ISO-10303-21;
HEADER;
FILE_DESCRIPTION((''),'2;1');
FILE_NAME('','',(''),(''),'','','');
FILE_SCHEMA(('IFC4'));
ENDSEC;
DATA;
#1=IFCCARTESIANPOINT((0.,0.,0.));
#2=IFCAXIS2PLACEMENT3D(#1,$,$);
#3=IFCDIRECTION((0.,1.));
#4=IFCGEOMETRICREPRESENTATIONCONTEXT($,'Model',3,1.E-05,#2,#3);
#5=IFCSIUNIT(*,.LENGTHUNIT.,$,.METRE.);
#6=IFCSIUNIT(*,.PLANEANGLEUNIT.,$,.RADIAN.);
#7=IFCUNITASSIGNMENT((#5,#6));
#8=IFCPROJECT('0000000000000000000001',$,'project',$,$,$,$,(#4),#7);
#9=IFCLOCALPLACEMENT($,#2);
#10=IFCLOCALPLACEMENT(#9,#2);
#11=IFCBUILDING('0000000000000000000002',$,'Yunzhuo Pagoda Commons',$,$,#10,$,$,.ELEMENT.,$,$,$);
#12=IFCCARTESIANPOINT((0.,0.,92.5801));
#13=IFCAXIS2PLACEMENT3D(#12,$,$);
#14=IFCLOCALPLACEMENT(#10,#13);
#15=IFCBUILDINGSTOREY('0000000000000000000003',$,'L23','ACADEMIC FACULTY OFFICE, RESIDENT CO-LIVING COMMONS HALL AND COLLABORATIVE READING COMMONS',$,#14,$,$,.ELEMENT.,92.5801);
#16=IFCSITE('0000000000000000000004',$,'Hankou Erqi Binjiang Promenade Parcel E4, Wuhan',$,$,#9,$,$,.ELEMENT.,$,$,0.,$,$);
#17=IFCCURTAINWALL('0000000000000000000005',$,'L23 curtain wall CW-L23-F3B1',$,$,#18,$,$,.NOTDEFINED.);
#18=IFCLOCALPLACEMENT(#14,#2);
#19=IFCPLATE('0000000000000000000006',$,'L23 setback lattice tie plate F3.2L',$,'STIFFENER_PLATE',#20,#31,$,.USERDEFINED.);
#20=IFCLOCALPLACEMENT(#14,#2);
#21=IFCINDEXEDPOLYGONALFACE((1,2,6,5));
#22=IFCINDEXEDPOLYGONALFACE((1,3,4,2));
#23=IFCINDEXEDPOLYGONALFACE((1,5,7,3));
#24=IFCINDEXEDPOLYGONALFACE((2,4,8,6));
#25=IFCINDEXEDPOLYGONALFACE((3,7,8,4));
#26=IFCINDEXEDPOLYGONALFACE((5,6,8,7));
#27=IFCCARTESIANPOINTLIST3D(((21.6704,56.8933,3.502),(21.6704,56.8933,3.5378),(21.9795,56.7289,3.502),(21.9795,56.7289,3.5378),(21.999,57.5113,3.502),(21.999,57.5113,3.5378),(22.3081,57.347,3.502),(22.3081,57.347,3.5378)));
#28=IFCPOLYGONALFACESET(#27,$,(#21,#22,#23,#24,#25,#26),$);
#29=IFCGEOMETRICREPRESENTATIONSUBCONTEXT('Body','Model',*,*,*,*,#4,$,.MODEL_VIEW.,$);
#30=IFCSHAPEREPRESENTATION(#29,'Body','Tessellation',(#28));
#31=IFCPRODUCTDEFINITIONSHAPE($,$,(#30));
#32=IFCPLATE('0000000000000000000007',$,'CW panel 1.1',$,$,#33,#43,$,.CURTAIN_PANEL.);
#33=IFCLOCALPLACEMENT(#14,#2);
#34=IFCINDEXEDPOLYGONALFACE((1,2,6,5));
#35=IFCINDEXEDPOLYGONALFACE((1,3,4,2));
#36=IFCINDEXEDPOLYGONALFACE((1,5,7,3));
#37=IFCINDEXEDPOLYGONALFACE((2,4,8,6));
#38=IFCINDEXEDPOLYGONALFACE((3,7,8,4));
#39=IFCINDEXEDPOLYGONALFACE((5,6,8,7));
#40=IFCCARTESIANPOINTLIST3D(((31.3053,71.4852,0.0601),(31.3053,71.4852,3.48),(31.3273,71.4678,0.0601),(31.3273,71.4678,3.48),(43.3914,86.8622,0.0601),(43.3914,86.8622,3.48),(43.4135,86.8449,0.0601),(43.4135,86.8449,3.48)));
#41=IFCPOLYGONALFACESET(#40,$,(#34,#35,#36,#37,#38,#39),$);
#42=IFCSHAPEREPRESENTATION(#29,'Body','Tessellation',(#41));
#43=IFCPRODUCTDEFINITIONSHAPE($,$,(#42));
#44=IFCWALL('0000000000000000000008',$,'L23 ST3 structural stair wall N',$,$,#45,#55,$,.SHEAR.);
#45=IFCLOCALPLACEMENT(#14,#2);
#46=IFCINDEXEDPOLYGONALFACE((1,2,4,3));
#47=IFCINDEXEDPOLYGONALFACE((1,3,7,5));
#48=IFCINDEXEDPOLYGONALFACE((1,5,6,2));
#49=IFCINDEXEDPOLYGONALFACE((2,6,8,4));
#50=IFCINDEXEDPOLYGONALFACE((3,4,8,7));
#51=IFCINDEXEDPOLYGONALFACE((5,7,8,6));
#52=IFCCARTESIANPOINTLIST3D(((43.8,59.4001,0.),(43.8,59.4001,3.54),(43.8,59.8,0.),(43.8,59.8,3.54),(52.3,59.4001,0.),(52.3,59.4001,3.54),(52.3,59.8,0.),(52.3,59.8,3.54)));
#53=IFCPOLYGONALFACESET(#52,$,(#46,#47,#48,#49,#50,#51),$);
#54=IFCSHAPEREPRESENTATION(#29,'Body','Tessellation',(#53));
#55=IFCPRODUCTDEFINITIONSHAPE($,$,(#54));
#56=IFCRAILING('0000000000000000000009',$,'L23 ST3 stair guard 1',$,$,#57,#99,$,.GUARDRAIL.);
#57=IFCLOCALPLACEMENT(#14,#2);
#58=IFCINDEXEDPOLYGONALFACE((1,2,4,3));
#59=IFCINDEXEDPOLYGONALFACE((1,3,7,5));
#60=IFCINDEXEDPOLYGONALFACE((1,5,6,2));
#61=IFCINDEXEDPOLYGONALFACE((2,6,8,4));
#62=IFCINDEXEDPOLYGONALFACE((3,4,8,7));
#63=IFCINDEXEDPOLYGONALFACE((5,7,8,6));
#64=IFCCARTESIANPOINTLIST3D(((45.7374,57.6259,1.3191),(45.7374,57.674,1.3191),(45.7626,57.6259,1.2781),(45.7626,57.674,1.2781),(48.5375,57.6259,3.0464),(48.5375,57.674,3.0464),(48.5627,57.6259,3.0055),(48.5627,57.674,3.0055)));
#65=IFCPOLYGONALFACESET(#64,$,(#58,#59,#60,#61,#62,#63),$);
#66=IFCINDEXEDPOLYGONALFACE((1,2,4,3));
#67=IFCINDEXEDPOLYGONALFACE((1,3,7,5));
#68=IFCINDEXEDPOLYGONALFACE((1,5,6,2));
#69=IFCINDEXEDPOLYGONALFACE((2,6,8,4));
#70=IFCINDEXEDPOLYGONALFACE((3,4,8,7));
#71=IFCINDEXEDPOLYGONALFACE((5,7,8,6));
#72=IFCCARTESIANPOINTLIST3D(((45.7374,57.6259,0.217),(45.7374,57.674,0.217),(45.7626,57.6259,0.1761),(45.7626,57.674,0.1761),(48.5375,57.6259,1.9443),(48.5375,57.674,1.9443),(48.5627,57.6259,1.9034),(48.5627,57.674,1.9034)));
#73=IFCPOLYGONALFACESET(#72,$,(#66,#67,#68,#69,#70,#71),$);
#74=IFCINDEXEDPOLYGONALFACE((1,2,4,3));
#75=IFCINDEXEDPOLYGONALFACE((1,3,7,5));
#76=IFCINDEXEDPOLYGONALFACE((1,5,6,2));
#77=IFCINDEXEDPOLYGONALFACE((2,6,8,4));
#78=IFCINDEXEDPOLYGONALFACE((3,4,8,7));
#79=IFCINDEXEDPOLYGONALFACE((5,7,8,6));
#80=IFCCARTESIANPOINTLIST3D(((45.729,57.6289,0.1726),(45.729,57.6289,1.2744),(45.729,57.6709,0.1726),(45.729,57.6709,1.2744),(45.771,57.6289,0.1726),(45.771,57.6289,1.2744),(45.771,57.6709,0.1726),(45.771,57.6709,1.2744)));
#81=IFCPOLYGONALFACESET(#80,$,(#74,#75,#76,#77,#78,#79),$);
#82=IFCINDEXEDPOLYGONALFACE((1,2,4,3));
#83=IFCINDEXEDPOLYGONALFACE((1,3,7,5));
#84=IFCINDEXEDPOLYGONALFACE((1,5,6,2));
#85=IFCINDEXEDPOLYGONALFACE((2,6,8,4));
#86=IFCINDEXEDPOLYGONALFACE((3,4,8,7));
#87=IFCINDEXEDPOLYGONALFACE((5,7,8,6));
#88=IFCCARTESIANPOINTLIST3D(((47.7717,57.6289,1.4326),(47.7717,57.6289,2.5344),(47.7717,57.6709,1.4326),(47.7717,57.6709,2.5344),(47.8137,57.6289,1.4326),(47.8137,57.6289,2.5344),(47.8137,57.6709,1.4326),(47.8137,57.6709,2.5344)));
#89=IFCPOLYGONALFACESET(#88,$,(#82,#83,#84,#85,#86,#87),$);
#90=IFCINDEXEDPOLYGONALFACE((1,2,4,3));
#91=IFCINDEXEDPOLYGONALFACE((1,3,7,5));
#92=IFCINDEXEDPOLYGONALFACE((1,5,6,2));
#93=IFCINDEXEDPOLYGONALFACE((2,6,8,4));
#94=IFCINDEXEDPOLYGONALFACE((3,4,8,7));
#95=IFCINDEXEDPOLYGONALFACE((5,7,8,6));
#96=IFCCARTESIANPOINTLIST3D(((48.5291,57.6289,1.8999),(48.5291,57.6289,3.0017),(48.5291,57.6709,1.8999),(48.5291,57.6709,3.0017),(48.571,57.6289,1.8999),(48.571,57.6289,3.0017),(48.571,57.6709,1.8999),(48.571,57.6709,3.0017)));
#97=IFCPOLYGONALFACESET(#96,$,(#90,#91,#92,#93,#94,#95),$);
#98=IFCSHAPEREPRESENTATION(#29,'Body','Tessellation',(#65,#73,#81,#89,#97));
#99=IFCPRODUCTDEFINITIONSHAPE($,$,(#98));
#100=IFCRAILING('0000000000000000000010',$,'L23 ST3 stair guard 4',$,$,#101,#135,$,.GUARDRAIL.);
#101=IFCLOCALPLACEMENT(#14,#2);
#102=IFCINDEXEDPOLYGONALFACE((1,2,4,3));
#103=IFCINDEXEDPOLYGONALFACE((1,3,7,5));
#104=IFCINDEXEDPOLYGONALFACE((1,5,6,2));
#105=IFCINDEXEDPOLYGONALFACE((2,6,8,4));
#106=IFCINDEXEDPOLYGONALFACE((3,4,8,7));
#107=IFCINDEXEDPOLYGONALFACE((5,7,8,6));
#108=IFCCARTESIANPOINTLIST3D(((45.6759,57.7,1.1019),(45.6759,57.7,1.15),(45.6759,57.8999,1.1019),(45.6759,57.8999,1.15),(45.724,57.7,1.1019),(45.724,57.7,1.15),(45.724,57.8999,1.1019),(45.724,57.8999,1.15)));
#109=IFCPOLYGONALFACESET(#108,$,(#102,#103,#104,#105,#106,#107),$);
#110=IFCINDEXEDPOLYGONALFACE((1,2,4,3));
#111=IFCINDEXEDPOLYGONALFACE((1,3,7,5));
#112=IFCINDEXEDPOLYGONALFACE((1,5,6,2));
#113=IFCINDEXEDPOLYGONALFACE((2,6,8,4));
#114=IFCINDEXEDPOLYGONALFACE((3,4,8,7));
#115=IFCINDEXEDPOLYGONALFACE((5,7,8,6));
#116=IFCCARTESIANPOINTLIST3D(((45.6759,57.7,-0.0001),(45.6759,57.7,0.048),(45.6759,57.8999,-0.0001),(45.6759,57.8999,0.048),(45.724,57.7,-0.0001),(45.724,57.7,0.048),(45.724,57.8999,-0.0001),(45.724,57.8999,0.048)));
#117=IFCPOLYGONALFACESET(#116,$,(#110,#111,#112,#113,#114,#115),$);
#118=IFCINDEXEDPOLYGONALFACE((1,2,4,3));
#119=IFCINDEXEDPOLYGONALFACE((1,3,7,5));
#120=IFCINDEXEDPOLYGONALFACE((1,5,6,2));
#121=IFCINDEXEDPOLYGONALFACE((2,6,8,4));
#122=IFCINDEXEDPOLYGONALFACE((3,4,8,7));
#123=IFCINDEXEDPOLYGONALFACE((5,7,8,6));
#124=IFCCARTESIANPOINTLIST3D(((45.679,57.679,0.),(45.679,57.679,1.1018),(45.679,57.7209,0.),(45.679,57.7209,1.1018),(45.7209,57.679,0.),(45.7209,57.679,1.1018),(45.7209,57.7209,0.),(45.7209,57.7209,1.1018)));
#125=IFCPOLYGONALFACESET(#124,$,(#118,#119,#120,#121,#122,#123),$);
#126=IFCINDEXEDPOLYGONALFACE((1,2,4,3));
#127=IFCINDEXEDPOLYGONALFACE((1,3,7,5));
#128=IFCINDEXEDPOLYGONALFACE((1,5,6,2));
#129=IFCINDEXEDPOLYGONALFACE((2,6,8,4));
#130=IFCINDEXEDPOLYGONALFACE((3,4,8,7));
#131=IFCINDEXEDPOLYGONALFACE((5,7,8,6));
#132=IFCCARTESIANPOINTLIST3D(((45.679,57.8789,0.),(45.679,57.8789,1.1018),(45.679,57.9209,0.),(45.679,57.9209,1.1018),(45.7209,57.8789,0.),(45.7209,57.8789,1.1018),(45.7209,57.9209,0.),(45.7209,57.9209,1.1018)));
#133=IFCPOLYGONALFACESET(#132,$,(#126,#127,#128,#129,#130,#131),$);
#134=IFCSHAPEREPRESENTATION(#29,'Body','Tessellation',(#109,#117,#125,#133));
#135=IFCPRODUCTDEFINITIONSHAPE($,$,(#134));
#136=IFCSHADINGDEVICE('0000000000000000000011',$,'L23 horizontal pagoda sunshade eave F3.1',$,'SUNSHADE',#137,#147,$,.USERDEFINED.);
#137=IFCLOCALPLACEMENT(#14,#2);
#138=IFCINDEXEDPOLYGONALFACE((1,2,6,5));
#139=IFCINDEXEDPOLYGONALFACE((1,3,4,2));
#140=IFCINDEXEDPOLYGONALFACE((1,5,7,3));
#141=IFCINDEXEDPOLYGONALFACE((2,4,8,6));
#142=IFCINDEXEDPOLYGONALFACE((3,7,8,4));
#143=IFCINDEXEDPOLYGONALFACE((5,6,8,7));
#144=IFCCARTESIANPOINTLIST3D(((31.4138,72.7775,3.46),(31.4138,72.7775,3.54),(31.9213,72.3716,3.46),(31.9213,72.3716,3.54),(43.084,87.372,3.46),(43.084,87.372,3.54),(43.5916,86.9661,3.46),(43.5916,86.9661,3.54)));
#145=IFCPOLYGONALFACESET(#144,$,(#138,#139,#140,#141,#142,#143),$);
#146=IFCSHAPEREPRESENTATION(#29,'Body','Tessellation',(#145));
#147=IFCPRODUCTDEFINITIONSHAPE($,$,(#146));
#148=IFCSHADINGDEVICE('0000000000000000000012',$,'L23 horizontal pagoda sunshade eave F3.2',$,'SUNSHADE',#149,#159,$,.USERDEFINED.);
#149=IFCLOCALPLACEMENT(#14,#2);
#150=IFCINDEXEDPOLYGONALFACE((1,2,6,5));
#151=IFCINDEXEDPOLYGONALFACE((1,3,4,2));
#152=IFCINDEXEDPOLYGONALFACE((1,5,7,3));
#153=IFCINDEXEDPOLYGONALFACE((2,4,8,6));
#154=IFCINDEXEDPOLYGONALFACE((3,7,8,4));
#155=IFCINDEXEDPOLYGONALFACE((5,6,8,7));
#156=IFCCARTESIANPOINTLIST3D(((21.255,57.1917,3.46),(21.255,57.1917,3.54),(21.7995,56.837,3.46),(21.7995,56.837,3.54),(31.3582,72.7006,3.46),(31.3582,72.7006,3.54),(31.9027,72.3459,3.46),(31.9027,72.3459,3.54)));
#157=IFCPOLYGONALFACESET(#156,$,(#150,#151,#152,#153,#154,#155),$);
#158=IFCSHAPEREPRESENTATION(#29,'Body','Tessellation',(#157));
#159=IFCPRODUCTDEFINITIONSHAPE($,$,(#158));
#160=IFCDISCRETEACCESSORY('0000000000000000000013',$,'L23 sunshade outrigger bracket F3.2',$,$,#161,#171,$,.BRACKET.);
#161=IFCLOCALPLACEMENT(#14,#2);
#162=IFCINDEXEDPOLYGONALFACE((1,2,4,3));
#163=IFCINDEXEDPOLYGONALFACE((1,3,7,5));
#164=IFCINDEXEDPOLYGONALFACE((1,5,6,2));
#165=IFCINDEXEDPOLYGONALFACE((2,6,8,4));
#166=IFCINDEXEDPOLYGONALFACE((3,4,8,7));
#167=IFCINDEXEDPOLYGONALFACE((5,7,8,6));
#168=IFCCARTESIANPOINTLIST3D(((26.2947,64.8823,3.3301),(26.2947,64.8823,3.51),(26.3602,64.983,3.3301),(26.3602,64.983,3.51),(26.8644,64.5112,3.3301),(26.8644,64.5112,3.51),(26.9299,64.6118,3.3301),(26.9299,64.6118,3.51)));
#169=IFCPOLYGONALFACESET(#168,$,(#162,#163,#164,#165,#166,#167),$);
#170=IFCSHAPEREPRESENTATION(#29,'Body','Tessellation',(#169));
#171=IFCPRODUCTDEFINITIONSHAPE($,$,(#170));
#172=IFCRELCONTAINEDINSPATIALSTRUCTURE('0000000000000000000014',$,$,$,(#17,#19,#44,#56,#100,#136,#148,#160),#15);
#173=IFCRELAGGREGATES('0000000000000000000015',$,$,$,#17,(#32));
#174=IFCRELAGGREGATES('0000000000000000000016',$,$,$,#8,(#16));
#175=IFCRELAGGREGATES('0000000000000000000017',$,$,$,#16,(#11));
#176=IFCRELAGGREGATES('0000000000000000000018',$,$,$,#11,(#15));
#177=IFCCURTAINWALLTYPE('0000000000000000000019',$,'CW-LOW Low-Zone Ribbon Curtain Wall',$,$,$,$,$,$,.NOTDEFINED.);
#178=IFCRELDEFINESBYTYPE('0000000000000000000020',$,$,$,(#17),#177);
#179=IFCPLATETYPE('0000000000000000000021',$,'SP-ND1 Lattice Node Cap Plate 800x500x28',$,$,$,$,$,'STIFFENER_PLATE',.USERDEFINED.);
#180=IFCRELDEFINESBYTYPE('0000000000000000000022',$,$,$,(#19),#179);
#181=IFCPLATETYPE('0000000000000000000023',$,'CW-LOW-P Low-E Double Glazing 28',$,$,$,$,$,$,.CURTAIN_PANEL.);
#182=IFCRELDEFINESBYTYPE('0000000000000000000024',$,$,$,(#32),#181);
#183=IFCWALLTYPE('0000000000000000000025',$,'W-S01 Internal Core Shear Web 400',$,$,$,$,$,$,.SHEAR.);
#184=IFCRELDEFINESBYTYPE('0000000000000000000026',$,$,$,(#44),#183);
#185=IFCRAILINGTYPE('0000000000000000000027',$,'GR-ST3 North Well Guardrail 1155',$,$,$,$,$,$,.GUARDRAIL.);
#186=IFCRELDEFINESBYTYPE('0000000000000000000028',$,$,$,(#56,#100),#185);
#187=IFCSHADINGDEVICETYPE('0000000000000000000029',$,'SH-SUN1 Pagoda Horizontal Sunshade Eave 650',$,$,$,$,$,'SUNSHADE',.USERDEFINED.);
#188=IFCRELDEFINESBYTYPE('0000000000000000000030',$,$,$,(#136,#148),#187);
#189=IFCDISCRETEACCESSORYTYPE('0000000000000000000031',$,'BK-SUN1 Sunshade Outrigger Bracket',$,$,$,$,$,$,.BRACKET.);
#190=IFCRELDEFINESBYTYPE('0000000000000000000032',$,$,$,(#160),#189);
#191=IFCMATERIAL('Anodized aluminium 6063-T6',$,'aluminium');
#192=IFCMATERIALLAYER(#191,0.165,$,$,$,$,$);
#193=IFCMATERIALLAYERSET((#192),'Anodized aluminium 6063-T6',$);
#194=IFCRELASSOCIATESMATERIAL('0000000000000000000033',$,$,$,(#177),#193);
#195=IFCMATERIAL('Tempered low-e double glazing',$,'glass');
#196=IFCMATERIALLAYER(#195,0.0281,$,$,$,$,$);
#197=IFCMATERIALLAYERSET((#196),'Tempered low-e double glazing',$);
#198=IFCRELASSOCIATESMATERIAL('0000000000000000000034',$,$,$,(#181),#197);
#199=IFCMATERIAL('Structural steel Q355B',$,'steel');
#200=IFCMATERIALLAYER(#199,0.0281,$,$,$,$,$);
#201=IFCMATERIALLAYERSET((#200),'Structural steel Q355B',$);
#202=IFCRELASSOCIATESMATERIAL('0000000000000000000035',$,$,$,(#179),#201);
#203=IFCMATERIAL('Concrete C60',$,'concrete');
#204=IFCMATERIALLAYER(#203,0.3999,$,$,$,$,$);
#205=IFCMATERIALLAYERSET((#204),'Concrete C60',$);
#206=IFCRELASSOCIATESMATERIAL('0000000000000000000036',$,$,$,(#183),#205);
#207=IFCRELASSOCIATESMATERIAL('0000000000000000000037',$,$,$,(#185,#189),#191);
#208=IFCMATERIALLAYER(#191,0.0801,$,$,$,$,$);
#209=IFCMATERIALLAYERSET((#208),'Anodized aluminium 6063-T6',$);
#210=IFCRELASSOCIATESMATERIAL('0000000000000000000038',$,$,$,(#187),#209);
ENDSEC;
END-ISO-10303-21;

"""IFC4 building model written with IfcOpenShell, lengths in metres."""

from ifc_helpers import new_model, si_unit, direction, frame, frame_2d, origin, origin_2d, place, context, subcontext, project, spatial, rectangle, extrude, source, transform, mapped, material, layer, layer_set, type_object, element, aggregate, save


model = new_model("IFC4")

# Units and contexts
model_context = context("Model", 3, precision=1e-05, world=origin(), true_north=direction((0.0, 1.0)))
body_context = subcontext(model_context, "Body", "Model", "MODEL_VIEW")
ifc_project = project(units=[si_unit("LENGTHUNIT", "METRE"), si_unit("PLANEANGLEUNIT", "RADIAN")], contexts=[model_context])

# Site, building, storey
site_placement = place(None, origin())
site = spatial("IfcSite", under=ifc_project, at=site_placement, Name="Hankou Erqi Binjiang Promenade Parcel E4, Wuhan", CompositionType="ELEMENT", RefElevation=0.0)
building_placement = place(site_placement, origin())
building = spatial("IfcBuilding", under=site, at=building_placement, Name="Yunzhuo Pagoda Commons", CompositionType="ELEMENT")
storey_placement = place(building_placement, frame((0.0, 0.0, 92.5801)))
storey = spatial("IfcBuildingStorey", under=building, at=storey_placement, Name="L23", Description="ACADEMIC FACULTY OFFICE, RESIDENT CO-LIVING COMMONS HALL AND COLLABORATIVE READING COMMONS", CompositionType="ELEMENT", Elevation=92.5801)

# Shared definitions
ifc_material_1 = material(Name="Structural steel Q355B", Category="steel")

# Curtain wall
ifc_material_2 = material(Name="Anodized aluminium 6063-T6", Category="aluminium")
ifc_layer_1 = layer(ifc_material_2, 0.165)
ifc_layer_set_1 = layer_set([ifc_layer_1], Name="Anodized aluminium 6063-T6")
curtain_wall_type = type_object("IfcCurtainWallType", Name="CW-LOW Low-Zone Ribbon Curtain Wall", PredefinedType="NOTDEFINED", material=ifc_layer_set_1)
curtain_wall_1_placement = place(storey_placement, origin())
curtain_wall_1 = element("IfcCurtainWall", 1, at=curtain_wall_1_placement, inside=storey, type_object=curtain_wall_type, Name="L23 curtain wall CW-L23-F3B1", PredefinedType="NOTDEFINED")

# Shared definitions
ifc_material_3 = material(Name="Tempered low-e double glazing", Category="glass")
ifc_layer_2 = layer(ifc_material_3, 0.0281)
ifc_layer_set_2 = layer_set([ifc_layer_2], Name="Tempered low-e double glazing")
plate_type_1 = type_object("IfcPlateType", Name="CW-LOW-P Low-E Double Glazing 28", PredefinedType="CURTAIN_PANEL", material=ifc_layer_set_2)

# Plate
ifc_layer_3 = layer(ifc_material_1, 0.0281)
ifc_layer_set_3 = layer_set([ifc_layer_3], Name="Structural steel Q355B")
plate_type_2 = type_object("IfcPlateType", Name="SP-ND1 Lattice Node Cap Plate 800x500x28", ElementType="STIFFENER_PLATE", PredefinedType="USERDEFINED", material=ifc_layer_set_3)
shared_shape_1 = source(origin(), body_context, "Body", "SweptSolid", [
    extrude(rectangle(XDim=0.7, YDim=0.3501, at=origin_2d()), origin(), (0.0, 0.0, 1.0), 0.0359),
])
for number, where, z_axis, x_axis, name in (
    (2, (21.9893, 57.1201, 3.502), (0.0, 0.0, 1.0), (-0.469425, -0.882972, 0.0), "L23 setback lattice tie plate F3.2L"),
):
    element("IfcPlate", number, at=place(storey_placement, frame(where, z_axis=z_axis, x_axis=x_axis)), inside=storey, type_object=plate_type_2, Name=name, ObjectType="STIFFENER_PLATE", PredefinedType="USERDEFINED", context=body_context, shape_type="MappedRepresentation", body=[
        mapped(shared_shape_1, transform((0.0, 0.0, 0.0), scale=1.0)),
    ])

# Plate
shared_shape_2 = source(origin(), body_context, "Body", "SweptSolid", [
    extrude(rectangle(XDim=19.5583, YDim=0.0281, at=origin_2d()), origin(), (0.0, 0.0, 1.0), 3.4199),
])
plate_1_placement = place(storey_placement, frame((37.3594, 79.165, 0.0601), z_axis=(0.0, 0.0, 1.0), x_axis=(-0.617953, -0.786215, 0.0)))
plate_1 = element("IfcPlate", 3, at=plate_1_placement, type_object=plate_type_1, Name="CW panel 1.1", PredefinedType="CURTAIN_PANEL", context=body_context, shape_type="MappedRepresentation", body=[
    mapped(shared_shape_2, transform((0.0, 0.0, 0.0), scale=1.0)),
])
aggregate(curtain_wall_1, [plate_1])

# Wall
ifc_material_4 = material(Name="Concrete C60", Category="concrete")
ifc_layer_4 = layer(ifc_material_4, 0.3999)
ifc_layer_set_4 = layer_set([ifc_layer_4], Name="Concrete C60")
wall_type = type_object("IfcWallType", Name="W-S01 Internal Core Shear Web 400", PredefinedType="SHEAR", material=ifc_layer_set_4)
wall_placement = place(storey_placement, frame((43.8, 59.6001, 0.0), z_axis=(0.0, 0.0, 1.0), x_axis=(1.0, 0.0, 0.0)))
element("IfcWall", 4, at=wall_placement, inside=storey, type_object=wall_type, Name="L23 ST3 structural stair wall N", PredefinedType="SHEAR", context=body_context, shape_type="SweptSolid", body=[
    extrude(rectangle(XDim=8.5, YDim=0.3999, at=frame_2d((4.25, 0.0))), origin(), (0.0, 0.0, 1.0), 3.54),
])

# Railings
railing_type = type_object("IfcRailingType", Name="GR-ST3 North Well Guardrail 1155", PredefinedType="GUARDRAIL", material=ifc_material_2)
railing_1_placement = place(storey_placement, frame((45.75, 57.6499, 0.1726)))
element("IfcRailing", 5, at=railing_1_placement, inside=storey, type_object=railing_type, Name="L23 ST3 stair guard 1", PredefinedType="GUARDRAIL", context=body_context, shape_type="SweptSolid", body=[
    extrude(rectangle(XDim=0.0481, YDim=0.0481, at=origin_2d()), frame((0.0, 0.0, 1.126), z_axis=(0.85109, 0.0, 0.52502), x_axis=(0.0, 1.0, 0.0)), (0.0, 0.0, 1.0), 3.29),
    extrude(rectangle(XDim=0.0481, YDim=0.0481, at=origin_2d()), frame((0.0, 0.0, 0.0239), z_axis=(0.85109, 0.0, 0.52502), x_axis=(0.0, 1.0, 0.0)), (0.0, 0.0, 1.0), 3.29),
    extrude(rectangle(XDim=0.042, YDim=0.042, at=origin_2d()), origin(), (0.0, 0.0, 1.0), 1.1018),
    extrude(rectangle(XDim=0.042, YDim=0.042, at=origin_2d()), frame((2.0427, 0.0, 1.26)), (0.0, 0.0, 1.0), 1.1018),
    extrude(rectangle(XDim=0.042, YDim=0.042, at=origin_2d()), frame((2.8, 0.0, 1.7273)), (0.0, 0.0, 1.0), 1.1018),
])
railing_2_placement = place(storey_placement, frame((45.7, 57.7, 0.0)))
element("IfcRailing", 6, at=railing_2_placement, inside=storey, type_object=railing_type, Name="L23 ST3 stair guard 4", PredefinedType="GUARDRAIL", context=body_context, shape_type="SweptSolid", body=[
    extrude(rectangle(XDim=0.0481, YDim=0.0481, at=origin_2d()), frame((0.0, 0.0, 1.126), z_axis=(0.0, 1.0, 0.0), x_axis=(-1.0, 0.0, 0.0)), (0.0, 0.0, 1.0), 0.2),
    extrude(rectangle(XDim=0.0481, YDim=0.0481, at=origin_2d()), frame((0.0, 0.0, 0.0239), z_axis=(0.0, 1.0, 0.0), x_axis=(-1.0, 0.0, 0.0)), (0.0, 0.0, 1.0), 0.2),
    extrude(rectangle(XDim=0.042, YDim=0.042, at=origin_2d()), origin(), (0.0, 0.0, 1.0), 1.1018),
    extrude(rectangle(XDim=0.042, YDim=0.042, at=origin_2d()), frame((0.0, 0.2, 0.0)), (0.0, 0.0, 1.0), 1.1018),
])

# Shading devices
ifc_layer_5 = layer(ifc_material_2, 0.0801)
ifc_layer_set_5 = layer_set([ifc_layer_5], Name="Anodized aluminium 6063-T6")
shading_device_type = type_object("IfcShadingDeviceType", Name="SH-SUN1 Pagoda Horizontal Sunshade Eave 650", ElementType="SUNSHADE", PredefinedType="USERDEFINED", material=ifc_layer_set_5)
shared_shape_3 = source(origin(), body_context, "Body", "SweptSolid", [
    extrude(rectangle(XDim=18.6868, YDim=0.6499, at=origin_2d()), origin(), (0.0, 0.0, 1.0), 0.0801),
])
shading_device_1_placement = place(storey_placement, frame((37.5027, 79.8718, 3.46), z_axis=(0.0, 0.0, 1.0), x_axis=(-0.62452, -0.781008, 0.0)))
element("IfcShadingDevice", 7, at=shading_device_1_placement, inside=storey, type_object=shading_device_type, Name="L23 horizontal pagoda sunshade eave F3.1", ObjectType="SUNSHADE", PredefinedType="USERDEFINED", context=body_context, shape_type="MappedRepresentation", body=[
    mapped(shared_shape_3, transform((0.0, 0.0, 0.0), scale=1.0)),
])
shared_shape_4 = source(origin(), body_context, "Body", "SweptSolid", [
    extrude(rectangle(XDim=18.5095, YDim=0.6499, at=origin_2d()), origin(), (0.0, 0.0, 1.0), 0.0801),
])
shading_device_2_placement = place(storey_placement, frame((26.5789, 64.7688, 3.46), z_axis=(0.0, 0.0, 1.0), x_axis=(-0.545839, -0.83789, 0.0)))
element("IfcShadingDevice", 8, at=shading_device_2_placement, inside=storey, type_object=shading_device_type, Name="L23 horizontal pagoda sunshade eave F3.2", ObjectType="SUNSHADE", PredefinedType="USERDEFINED", context=body_context, shape_type="MappedRepresentation", body=[
    mapped(shared_shape_4, transform((0.0, 0.0, 0.0), scale=1.0)),
])

# Discrete accessory
discrete_accessory_type = type_object("IfcDiscreteAccessoryType", Name="BK-SUN1 Sunshade Outrigger Bracket", PredefinedType="BRACKET", material=ifc_material_2)
shared_shape_5 = source(origin(), body_context, "Body", "SweptSolid", [
    extrude(rectangle(XDim=0.1201, YDim=0.6799, at=origin_2d()), origin(), (0.0, 0.0, 1.0), 0.1799),
])
discrete_accessory_placement = place(storey_placement, frame((26.6123, 64.7471, 3.3301), z_axis=(0.0, 0.0, 1.0), x_axis=(-0.545839, -0.83789, 0.0)))
element("IfcDiscreteAccessory", 9, at=discrete_accessory_placement, inside=storey, type_object=discrete_accessory_type, Name="L23 sunshade outrigger bracket F3.2", PredefinedType="BRACKET", context=body_context, shape_type="MappedRepresentation", body=[
    mapped(shared_shape_5, transform((0.0, 0.0, 0.0), scale=1.0)),
])

save(model, "model.ifc")
